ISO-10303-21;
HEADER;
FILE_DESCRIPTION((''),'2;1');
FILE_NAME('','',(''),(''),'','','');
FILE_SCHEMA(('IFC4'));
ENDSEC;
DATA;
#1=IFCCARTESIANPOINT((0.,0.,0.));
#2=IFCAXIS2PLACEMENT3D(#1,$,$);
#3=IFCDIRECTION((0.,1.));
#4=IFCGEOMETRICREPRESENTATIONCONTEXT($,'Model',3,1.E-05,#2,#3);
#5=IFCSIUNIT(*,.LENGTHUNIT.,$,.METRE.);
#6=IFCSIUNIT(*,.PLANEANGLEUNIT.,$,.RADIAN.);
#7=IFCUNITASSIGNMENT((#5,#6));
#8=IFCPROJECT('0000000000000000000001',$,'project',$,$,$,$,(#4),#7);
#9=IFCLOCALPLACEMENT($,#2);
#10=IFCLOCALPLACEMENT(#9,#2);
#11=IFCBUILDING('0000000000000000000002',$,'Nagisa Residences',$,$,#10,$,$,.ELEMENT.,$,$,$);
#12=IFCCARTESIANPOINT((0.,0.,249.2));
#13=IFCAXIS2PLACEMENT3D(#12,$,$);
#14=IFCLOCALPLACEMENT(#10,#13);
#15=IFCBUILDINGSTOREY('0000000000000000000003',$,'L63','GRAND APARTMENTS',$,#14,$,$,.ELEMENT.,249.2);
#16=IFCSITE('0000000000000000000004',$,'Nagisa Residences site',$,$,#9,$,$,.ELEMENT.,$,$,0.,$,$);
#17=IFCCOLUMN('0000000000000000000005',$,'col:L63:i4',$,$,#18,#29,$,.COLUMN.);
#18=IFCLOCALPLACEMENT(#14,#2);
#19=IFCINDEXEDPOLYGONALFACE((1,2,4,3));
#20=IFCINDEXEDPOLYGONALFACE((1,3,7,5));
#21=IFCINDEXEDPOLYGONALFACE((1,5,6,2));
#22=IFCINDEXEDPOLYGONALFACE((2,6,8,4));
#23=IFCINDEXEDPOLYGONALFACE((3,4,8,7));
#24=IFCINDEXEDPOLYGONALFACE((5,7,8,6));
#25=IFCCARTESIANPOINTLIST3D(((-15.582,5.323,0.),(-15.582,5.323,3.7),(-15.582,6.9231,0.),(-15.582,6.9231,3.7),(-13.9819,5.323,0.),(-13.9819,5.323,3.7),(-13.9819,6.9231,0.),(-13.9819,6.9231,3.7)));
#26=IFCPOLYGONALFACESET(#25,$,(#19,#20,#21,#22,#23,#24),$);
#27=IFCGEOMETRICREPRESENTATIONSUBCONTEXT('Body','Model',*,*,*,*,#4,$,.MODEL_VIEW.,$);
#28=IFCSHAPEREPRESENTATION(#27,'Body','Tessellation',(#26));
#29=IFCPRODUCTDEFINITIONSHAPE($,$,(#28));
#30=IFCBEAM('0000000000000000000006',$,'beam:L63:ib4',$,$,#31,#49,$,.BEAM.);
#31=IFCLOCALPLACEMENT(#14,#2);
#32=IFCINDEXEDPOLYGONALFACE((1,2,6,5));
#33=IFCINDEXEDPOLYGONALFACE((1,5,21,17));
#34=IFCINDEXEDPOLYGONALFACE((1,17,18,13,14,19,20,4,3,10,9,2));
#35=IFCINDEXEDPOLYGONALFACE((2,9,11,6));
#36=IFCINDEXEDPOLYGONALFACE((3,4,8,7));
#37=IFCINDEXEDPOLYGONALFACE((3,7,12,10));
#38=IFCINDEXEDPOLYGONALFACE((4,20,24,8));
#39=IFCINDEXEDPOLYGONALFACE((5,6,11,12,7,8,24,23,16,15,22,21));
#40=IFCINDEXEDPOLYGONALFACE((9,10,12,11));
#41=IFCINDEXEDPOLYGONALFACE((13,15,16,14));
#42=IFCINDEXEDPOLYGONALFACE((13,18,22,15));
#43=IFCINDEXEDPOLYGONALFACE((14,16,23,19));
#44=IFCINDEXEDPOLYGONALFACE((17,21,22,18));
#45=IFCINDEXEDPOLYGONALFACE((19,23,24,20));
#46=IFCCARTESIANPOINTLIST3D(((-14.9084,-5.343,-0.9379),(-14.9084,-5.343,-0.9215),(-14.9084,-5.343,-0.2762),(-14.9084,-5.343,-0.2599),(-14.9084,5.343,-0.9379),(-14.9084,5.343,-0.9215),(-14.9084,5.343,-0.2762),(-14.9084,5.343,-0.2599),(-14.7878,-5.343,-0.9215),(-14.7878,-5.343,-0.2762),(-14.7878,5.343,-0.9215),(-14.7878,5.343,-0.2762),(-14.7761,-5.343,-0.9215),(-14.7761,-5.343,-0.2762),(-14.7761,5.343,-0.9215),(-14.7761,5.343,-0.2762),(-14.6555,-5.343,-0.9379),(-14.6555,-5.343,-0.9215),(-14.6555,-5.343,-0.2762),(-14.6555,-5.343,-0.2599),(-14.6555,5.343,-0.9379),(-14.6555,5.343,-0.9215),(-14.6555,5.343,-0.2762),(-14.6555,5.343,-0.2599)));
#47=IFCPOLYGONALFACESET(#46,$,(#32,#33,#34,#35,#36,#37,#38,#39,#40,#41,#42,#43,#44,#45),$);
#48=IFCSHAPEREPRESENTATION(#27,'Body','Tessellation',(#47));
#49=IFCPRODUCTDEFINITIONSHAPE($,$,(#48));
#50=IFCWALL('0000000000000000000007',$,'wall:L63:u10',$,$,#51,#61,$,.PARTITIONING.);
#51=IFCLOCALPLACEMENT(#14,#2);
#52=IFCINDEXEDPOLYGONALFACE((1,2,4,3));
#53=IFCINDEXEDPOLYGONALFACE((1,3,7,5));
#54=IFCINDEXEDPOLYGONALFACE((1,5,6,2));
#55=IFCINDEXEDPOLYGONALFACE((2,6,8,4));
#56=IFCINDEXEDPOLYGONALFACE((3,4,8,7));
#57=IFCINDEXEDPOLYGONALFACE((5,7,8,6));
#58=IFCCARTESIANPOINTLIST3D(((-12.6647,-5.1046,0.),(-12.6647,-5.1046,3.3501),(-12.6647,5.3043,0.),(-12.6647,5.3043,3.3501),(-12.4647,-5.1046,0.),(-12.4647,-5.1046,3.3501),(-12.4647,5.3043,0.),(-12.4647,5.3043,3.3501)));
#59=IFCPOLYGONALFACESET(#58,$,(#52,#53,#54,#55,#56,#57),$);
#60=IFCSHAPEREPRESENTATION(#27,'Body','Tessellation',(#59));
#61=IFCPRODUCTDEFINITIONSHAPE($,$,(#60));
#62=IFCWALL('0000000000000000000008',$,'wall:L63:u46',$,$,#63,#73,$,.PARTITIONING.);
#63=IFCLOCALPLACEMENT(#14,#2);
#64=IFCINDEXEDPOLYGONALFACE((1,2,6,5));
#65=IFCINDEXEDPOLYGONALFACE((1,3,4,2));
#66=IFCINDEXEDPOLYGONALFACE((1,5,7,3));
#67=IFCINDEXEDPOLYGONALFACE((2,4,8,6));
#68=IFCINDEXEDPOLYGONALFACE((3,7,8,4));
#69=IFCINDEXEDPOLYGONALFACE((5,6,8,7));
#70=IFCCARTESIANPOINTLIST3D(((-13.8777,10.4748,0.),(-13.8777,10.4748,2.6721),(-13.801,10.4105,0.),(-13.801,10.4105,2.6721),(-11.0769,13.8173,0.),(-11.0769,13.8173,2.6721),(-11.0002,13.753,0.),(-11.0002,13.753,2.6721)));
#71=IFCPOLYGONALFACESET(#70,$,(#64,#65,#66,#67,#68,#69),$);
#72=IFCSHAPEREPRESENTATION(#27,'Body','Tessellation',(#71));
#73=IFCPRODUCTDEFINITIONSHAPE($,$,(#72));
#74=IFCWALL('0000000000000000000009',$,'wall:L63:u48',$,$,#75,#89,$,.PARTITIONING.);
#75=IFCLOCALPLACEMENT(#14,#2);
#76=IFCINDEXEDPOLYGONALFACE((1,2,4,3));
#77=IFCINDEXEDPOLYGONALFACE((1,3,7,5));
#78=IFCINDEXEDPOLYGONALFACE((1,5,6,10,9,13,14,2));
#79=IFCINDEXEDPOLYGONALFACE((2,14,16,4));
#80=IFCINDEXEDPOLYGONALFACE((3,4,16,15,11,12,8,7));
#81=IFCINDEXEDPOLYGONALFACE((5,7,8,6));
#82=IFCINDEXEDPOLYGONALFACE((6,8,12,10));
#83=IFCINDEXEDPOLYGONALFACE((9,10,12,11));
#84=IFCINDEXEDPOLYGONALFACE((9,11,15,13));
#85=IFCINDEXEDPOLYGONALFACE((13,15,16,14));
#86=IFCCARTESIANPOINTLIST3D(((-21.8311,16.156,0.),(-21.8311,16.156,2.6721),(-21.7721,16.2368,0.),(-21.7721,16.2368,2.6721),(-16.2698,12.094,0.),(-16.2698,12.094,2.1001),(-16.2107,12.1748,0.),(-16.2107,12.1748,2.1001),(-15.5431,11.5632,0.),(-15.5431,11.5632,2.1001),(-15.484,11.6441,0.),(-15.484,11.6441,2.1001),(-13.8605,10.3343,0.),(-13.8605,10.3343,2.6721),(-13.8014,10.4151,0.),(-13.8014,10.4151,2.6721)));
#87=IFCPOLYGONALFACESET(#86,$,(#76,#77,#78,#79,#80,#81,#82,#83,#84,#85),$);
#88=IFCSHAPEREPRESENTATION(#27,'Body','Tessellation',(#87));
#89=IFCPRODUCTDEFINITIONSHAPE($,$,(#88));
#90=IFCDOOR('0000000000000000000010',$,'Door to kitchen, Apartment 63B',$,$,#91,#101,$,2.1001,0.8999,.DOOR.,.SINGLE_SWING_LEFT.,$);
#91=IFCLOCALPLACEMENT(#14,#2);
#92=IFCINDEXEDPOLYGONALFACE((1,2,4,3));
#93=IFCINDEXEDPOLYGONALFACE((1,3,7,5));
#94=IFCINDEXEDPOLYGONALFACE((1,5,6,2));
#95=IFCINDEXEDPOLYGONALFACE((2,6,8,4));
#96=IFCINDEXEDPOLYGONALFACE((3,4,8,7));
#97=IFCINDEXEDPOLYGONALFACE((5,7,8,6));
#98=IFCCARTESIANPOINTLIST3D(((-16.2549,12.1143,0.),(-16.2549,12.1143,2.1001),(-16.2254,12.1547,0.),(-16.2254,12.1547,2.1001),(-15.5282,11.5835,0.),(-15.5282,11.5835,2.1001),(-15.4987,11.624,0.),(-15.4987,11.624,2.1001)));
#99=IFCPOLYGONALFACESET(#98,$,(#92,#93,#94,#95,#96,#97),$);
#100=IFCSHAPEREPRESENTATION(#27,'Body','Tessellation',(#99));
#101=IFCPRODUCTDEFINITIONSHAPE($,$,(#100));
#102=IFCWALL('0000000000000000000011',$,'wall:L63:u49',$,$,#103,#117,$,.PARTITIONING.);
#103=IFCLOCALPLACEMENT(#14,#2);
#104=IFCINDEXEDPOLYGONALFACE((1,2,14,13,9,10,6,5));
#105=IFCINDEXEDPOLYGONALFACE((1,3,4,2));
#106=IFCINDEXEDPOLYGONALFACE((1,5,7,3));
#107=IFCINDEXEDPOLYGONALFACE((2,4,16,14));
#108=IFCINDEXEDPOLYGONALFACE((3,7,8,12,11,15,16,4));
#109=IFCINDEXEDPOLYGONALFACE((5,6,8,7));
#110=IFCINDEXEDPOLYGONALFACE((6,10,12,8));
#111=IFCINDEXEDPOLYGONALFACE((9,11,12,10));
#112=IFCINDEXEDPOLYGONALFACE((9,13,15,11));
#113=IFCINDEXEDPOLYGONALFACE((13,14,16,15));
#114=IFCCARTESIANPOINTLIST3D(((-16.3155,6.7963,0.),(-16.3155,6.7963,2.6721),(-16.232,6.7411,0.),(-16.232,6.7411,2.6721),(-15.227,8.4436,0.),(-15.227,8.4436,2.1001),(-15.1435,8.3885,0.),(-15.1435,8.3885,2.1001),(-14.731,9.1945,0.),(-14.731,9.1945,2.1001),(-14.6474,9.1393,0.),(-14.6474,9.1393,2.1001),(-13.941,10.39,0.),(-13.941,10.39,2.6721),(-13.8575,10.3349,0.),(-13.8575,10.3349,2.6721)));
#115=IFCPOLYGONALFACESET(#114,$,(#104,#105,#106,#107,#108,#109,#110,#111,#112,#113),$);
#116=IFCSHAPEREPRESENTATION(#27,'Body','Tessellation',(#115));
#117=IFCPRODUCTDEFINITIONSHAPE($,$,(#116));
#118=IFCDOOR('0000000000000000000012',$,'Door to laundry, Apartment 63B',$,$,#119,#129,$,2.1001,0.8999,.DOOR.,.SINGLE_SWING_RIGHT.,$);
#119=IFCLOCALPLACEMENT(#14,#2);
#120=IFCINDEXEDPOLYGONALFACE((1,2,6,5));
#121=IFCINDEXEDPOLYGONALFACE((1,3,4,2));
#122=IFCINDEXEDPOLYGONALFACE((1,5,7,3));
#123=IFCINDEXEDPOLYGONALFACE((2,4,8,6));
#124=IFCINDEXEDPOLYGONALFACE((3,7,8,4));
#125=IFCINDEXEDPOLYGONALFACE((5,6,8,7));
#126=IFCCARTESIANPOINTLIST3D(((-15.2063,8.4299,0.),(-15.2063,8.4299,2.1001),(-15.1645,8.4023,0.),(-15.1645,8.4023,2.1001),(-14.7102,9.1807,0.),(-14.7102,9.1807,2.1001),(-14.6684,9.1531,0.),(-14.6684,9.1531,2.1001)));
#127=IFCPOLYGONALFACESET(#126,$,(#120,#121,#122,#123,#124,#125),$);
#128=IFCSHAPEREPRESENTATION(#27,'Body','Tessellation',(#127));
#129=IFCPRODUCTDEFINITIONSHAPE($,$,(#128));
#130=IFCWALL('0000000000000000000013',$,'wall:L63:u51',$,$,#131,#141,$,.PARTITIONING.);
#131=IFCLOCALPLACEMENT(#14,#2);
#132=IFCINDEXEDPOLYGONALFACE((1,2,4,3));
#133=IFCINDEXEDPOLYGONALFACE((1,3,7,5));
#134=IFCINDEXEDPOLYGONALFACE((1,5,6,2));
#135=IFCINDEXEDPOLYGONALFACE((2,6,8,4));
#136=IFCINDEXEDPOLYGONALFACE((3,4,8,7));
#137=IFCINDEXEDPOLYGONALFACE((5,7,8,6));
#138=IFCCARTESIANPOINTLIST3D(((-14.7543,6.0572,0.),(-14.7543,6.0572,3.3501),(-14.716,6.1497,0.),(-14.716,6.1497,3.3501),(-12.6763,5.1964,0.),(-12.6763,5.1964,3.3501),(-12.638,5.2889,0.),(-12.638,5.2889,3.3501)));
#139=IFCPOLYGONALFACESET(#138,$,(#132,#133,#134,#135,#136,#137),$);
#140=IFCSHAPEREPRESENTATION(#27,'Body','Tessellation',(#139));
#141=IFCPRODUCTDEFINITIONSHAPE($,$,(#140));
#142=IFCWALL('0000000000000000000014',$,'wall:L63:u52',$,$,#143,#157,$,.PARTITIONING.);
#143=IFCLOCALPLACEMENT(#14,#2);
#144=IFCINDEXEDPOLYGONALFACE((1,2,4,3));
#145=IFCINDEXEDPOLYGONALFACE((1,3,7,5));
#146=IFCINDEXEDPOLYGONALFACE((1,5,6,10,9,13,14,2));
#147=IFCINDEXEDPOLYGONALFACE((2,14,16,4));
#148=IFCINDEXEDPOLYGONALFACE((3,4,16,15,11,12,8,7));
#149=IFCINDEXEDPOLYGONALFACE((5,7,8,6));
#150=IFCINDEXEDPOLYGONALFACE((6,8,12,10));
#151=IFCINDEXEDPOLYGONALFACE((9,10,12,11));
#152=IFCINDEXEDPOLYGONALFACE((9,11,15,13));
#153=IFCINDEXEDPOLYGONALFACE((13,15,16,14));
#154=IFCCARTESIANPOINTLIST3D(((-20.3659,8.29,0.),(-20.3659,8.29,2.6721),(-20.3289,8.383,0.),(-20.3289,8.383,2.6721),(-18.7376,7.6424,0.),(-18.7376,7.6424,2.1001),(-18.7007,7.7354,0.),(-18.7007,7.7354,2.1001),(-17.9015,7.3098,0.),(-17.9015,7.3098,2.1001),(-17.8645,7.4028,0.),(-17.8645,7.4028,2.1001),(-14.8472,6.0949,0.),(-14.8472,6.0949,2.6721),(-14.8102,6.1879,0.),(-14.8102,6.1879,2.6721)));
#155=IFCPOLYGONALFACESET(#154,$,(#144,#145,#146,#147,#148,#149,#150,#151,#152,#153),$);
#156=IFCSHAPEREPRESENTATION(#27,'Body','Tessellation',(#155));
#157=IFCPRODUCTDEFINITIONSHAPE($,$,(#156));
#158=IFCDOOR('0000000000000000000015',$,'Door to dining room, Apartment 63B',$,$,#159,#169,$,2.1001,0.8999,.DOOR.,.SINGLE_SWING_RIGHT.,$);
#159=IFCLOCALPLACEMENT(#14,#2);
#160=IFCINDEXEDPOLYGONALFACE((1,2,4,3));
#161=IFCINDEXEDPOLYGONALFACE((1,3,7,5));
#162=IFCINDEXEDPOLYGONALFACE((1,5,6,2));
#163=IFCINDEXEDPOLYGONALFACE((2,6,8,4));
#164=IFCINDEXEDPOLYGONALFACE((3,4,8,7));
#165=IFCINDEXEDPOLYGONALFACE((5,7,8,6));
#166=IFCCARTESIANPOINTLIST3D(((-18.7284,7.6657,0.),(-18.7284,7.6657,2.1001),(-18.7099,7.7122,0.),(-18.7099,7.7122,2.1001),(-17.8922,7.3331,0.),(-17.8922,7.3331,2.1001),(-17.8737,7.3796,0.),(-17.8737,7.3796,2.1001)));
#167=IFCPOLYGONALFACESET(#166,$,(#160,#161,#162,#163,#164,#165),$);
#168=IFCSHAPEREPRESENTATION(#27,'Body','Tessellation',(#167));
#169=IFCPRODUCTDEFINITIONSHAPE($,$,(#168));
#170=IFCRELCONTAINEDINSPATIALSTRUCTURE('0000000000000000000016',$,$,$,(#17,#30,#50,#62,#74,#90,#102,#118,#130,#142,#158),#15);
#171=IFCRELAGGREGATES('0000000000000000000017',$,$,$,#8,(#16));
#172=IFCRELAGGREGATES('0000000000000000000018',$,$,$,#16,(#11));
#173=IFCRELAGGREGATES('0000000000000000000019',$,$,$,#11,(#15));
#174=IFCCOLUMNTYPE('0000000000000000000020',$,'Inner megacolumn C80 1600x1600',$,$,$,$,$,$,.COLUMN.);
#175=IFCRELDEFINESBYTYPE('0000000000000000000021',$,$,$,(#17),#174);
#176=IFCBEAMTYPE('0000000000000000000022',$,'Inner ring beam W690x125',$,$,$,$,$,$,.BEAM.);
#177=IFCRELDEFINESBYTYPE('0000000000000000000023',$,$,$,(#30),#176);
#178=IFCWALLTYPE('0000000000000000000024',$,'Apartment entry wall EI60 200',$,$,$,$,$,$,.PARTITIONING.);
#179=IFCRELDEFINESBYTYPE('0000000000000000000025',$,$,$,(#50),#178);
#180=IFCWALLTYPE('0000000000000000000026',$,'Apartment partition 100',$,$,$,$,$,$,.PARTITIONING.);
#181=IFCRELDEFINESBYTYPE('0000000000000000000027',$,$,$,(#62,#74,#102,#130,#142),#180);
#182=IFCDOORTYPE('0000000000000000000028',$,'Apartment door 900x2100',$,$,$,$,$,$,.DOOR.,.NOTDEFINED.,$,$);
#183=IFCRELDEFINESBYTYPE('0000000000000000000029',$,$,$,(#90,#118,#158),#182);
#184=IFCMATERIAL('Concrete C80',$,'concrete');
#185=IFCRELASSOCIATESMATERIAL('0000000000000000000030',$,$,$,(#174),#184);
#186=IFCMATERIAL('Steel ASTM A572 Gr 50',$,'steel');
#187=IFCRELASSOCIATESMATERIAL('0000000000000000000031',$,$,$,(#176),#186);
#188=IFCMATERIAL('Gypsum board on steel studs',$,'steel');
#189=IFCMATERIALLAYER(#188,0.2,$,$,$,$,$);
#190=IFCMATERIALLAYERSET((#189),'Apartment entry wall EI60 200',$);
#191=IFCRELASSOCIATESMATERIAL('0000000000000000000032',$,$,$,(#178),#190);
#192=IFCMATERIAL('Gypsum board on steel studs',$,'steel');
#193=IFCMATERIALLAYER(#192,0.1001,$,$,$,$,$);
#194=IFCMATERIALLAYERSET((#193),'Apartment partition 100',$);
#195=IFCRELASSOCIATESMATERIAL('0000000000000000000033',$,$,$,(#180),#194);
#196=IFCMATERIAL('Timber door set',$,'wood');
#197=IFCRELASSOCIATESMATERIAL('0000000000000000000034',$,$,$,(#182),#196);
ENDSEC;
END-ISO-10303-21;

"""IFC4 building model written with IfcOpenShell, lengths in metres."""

from ifc_helpers import new_model, si_unit, direction, frame, frame_2d, origin, origin_2d, place, context, subcontext, project, spatial, rectangle, i_section, extrude, material, layer, layer_set, material_profile, profile_set, type_object, element, fill, save


model = new_model("IFC4")

# Units and contexts
model_context = context("Model", 3, precision=1e-05, world=origin(), true_north=direction((0.0, 1.0)))
body_context = subcontext(model_context, "Body", "Model", "MODEL_VIEW")
ifc_project = project(units=[si_unit("LENGTHUNIT", "METRE"), si_unit("PLANEANGLEUNIT", "RADIAN")], contexts=[model_context])

# Site, building, storey
site_placement = place(None, origin())
site = spatial("IfcSite", under=ifc_project, at=site_placement, Name="Nagisa Residences site", CompositionType="ELEMENT", RefElevation=0.0)
building_placement = place(site_placement, origin())
building = spatial("IfcBuilding", under=site, at=building_placement, Name="Nagisa Residences", CompositionType="ELEMENT")
storey_placement = place(building_placement, frame((0.0, 0.0, 249.2)))
storey = spatial("IfcBuildingStorey", under=building, at=storey_placement, Name="L63", Description="GRAND APARTMENTS", CompositionType="ELEMENT", Elevation=249.2)

# Column
ifc_material_1 = material(Name="Concrete C80", Category="concrete")
ifc_material_profile_1 = material_profile(ifc_material_1, rectangle(XDim=1.6001, YDim=1.6001, at=origin_2d()), Name="C80 1600x1600")
ifc_profile_set_1 = profile_set([ifc_material_profile_1], Name="Concrete C80")
column_type = type_object("IfcColumnType", Name="Inner megacolumn C80 1600x1600", PredefinedType="COLUMN", material=ifc_profile_set_1)
column_placement = place(storey_placement, frame((-14.782, 6.123, 0.0), z_axis=(0.0, 0.0, 1.0), x_axis=(1.0, 0.0, 0.0)))
element("IfcColumn", 1, at=column_placement, inside=storey, type_object=column_type, Name="col:L63:i4", PredefinedType="COLUMN", context=body_context, shape_type="SweptSolid", body=[
    extrude(rectangle(XDim=1.6001, YDim=1.6001, at=origin_2d()), origin(), (0.0, 0.0, 1.0), 3.7),
])

# Beam
ifc_material_2 = material(Name="Steel ASTM A572 Gr 50", Category="steel")
ifc_material_profile_2 = material_profile(ifc_material_2, i_section(OverallWidth=0.2529, OverallDepth=0.678, WebThickness=0.0117, FlangeThickness=0.0164, at=origin_2d()), Name="W690x125")
ifc_profile_set_2 = profile_set([ifc_material_profile_2], Name="Steel ASTM A572 Gr 50")
beam_type = type_object("IfcBeamType", Name="Inner ring beam W690x125", PredefinedType="BEAM", material=ifc_profile_set_2)
beam_placement = place(storey_placement, frame((-14.782, 5.343, -0.5989), z_axis=(0.0, -1.0, 0.0), x_axis=(1.0, 0.0, 0.0)))
element("IfcBeam", 2, at=beam_placement, inside=storey, type_object=beam_type, Name="beam:L63:ib4", PredefinedType="BEAM", context=body_context, shape_type="SweptSolid", body=[
    extrude(i_section(OverallWidth=0.2529, OverallDepth=0.678, WebThickness=0.0117, FlangeThickness=0.0164, at=origin_2d()), origin(), (0.0, 0.0, 1.0), 10.686),
])

# Walls
ifc_material_3 = material(Name="Gypsum board on steel studs", Category="steel")
ifc_layer_1 = layer(ifc_material_3, 0.2)
ifc_layer_set_1 = layer_set([ifc_layer_1], Name="Apartment entry wall EI60 200")
wall_type_1 = type_object("IfcWallType", Name="Apartment entry wall EI60 200", PredefinedType="PARTITIONING", material=ifc_layer_set_1)
wall_1_placement = place(storey_placement, frame((-12.5647, 5.3044, 0.0), z_axis=(0.0, 0.0, 1.0), x_axis=(0.0, -1.0, 0.0)))
element("IfcWall", 3, at=wall_1_placement, inside=storey, type_object=wall_type_1, Name="wall:L63:u10", PredefinedType="PARTITIONING", context=body_context, shape_type="SweptSolid", body=[
    extrude(rectangle(XDim=10.4089, YDim=0.2, at=frame_2d((5.2046, 0.0))), origin(), (0.0, 0.0, 1.0), 3.3501),
])
ifc_material_4 = material(Name="Gypsum board on steel studs", Category="steel")
ifc_layer_2 = layer(ifc_material_4, 0.1001)
ifc_layer_set_2 = layer_set([ifc_layer_2], Name="Apartment partition 100")
wall_type_2 = type_object("IfcWallType", Name="Apartment partition 100", PredefinedType="PARTITIONING", material=ifc_layer_set_2)
wall_2_placement = place(storey_placement, frame((-11.0386, 13.7852, 0.0), z_axis=(0.0, 0.0, 1.0), x_axis=(-0.642258, -0.766488, 0.0)))
element("IfcWall", 4, at=wall_2_placement, inside=storey, type_object=wall_type_2, Name="wall:L63:u46", PredefinedType="PARTITIONING", context=body_context, shape_type="SweptSolid", body=[
    extrude(rectangle(XDim=4.3608, YDim=0.1001, at=frame_2d((2.1804, 0.0))), origin(), (0.0, 0.0, 1.0), 2.6721),
])

# Walls, openings, doors
wall_3_placement = place(storey_placement, frame((-13.8311, 10.3748, 0.0), z_axis=(0.0, 0.0, 1.0), x_axis=(-0.807534, 0.589821, 0.0)))
wall_3 = element("IfcWall", 5, at=wall_3_placement, inside=storey, type_object=wall_type_2, Name="wall:L63:u48", PredefinedType="PARTITIONING", context=body_context, shape_type="SweptSolid", body=[
    extrude(rectangle(XDim=9.8704, YDim=0.1001, at=frame_2d((4.9351, 0.0))), origin(), (0.0, 0.0, 1.0), 2.6721),
])
opening_1_placement = place(wall_3_placement, frame((2.0835, 0.0, 0.0)))
opening_1 = element("IfcOpeningElement", 6, at=opening_1_placement, cuts=wall_3, PredefinedType="OPENING", context=body_context, shape_type="SweptSolid", body=[
    extrude(rectangle(XDim=0.8999, YDim=2.1001, at=frame_2d((0.45, 1.05))), frame((0.0, 0.0601, 0.0), z_axis=(0.0, -1.0, 0.0), x_axis=(1.0, 0.0, 0.0)), (0.0, 0.0, 1.0), 0.1201),
])
ifc_material_5 = material(Name="Timber door set", Category="wood")
door_type_1 = type_object("IfcDoorType", Name="Apartment door 900x2100", OperationType="NOTDEFINED", PredefinedType="DOOR", material=ifc_material_5)
door_1_placement = place(opening_1_placement, origin())
door_1 = element("IfcDoor", 7, at=door_1_placement, inside=storey, type_object=door_type_1, Name="Door to kitchen, Apartment 63B", OperationType="SINGLE_SWING_LEFT", OverallHeight=2.1001, OverallWidth=0.8999, PredefinedType="DOOR", context=body_context, shape_type="SweptSolid", body=[
    extrude(rectangle(XDim=0.8999, YDim=2.1001, at=frame_2d((0.45, 1.05))), frame((0.0, 0.0249, 0.0), z_axis=(0.0, -1.0, 0.0), x_axis=(1.0, 0.0, 0.0)), (0.0, 0.0, 1.0), 0.05),
])
fill(opening_1, door_1)
wall_4_placement = place(storey_placement, frame((-13.8992, 10.3625, 0.0), z_axis=(0.0, 0.0, 1.0), x_axis=(-0.551269, -0.834328, 0.0)))
wall_4 = element("IfcWall", 8, at=wall_4_placement, inside=storey, type_object=wall_type_2, Name="wall:L63:u49", PredefinedType="PARTITIONING", context=body_context, shape_type="SweptSolid", body=[
    extrude(rectangle(XDim=4.3074, YDim=0.1001, at=frame_2d((2.1538, 0.0))), origin(), (0.0, 0.0, 1.0), 2.6721),
])
opening_2_placement = place(wall_4_placement, frame((1.4331, 0.0, 0.0)))
opening_2 = element("IfcOpeningElement", 9, at=opening_2_placement, cuts=wall_4, PredefinedType="OPENING", context=body_context, shape_type="SweptSolid", body=[
    extrude(rectangle(XDim=0.8999, YDim=2.1001, at=frame_2d((0.45, 1.05))), frame((0.0, 0.0601, 0.0), z_axis=(0.0, -1.0, 0.0), x_axis=(1.0, 0.0, 0.0)), (0.0, 0.0, 1.0), 0.1201),
])
door_2_placement = place(opening_2_placement, origin())
door_2 = element("IfcDoor", 10, at=door_2_placement, inside=storey, type_object=door_type_1, Name="Door to laundry, Apartment 63B", OperationType="SINGLE_SWING_RIGHT", OverallHeight=2.1001, OverallWidth=0.8999, PredefinedType="DOOR", context=body_context, shape_type="SweptSolid", body=[
    extrude(rectangle(XDim=0.8999, YDim=2.1001, at=frame_2d((0.45, 1.05))), frame((0.0, 0.0249, 0.0), z_axis=(0.0, -1.0, 0.0), x_axis=(1.0, 0.0, 0.0)), (0.0, 0.0, 1.0), 0.05),
])
fill(opening_2, door_2)

# Wall
wall_5_placement = place(storey_placement, frame((-12.6572, 5.2427, 0.0), z_axis=(0.0, 0.0, 1.0), x_axis=(-0.923871, 0.382703, 0.0)))
element("IfcWall", 11, at=wall_5_placement, inside=storey, type_object=wall_type_2, Name="wall:L63:u51", PredefinedType="PARTITIONING", context=body_context, shape_type="SweptSolid", body=[
    extrude(rectangle(XDim=2.2493, YDim=0.1001, at=frame_2d((1.1245, 0.0))), origin(), (0.0, 0.0, 1.0), 3.3501),
])

# Wall, opening, door
wall_6_placement = place(storey_placement, frame((-14.8286, 6.1414, 0.0), z_axis=(0.0, 0.0, 1.0), x_axis=(-0.929192, 0.369597, 0.0)))
wall_6 = element("IfcWall", 12, at=wall_6_placement, inside=storey, type_object=wall_type_2, Name="wall:L63:u52", PredefinedType="PARTITIONING", context=body_context, shape_type="SweptSolid", body=[
    extrude(rectangle(XDim=5.9392, YDim=0.1001, at=frame_2d((2.9697, 0.0))), origin(), (0.0, 0.0, 1.0), 2.6721),
])
opening_3_placement = place(wall_6_placement, frame((3.2871, 0.0, 0.0)))
opening_3 = element("IfcOpeningElement", 13, at=opening_3_placement, cuts=wall_6, PredefinedType="OPENING", context=body_context, shape_type="SweptSolid", body=[
    extrude(rectangle(XDim=0.8999, YDim=2.1001, at=frame_2d((0.45, 1.05))), frame((0.0, 0.0601, 0.0), z_axis=(0.0, -1.0, 0.0), x_axis=(1.0, 0.0, 0.0)), (0.0, 0.0, 1.0), 0.1201),
])
door_3_placement = place(opening_3_placement, origin())
door_3 = element("IfcDoor", 14, at=door_3_placement, inside=storey, type_object=door_type_1, Name="Door to dining room, Apartment 63B", OperationType="SINGLE_SWING_RIGHT", OverallHeight=2.1001, OverallWidth=0.8999, PredefinedType="DOOR", context=body_context, shape_type="SweptSolid", body=[
    extrude(rectangle(XDim=0.8999, YDim=2.1001, at=frame_2d((0.45, 1.05))), frame((0.0, 0.0249, 0.0), z_axis=(0.0, -1.0, 0.0), x_axis=(1.0, 0.0, 0.0)), (0.0, 0.0, 1.0), 0.05),
])
fill(opening_3, door_3)

save(model, "model.ifc")
